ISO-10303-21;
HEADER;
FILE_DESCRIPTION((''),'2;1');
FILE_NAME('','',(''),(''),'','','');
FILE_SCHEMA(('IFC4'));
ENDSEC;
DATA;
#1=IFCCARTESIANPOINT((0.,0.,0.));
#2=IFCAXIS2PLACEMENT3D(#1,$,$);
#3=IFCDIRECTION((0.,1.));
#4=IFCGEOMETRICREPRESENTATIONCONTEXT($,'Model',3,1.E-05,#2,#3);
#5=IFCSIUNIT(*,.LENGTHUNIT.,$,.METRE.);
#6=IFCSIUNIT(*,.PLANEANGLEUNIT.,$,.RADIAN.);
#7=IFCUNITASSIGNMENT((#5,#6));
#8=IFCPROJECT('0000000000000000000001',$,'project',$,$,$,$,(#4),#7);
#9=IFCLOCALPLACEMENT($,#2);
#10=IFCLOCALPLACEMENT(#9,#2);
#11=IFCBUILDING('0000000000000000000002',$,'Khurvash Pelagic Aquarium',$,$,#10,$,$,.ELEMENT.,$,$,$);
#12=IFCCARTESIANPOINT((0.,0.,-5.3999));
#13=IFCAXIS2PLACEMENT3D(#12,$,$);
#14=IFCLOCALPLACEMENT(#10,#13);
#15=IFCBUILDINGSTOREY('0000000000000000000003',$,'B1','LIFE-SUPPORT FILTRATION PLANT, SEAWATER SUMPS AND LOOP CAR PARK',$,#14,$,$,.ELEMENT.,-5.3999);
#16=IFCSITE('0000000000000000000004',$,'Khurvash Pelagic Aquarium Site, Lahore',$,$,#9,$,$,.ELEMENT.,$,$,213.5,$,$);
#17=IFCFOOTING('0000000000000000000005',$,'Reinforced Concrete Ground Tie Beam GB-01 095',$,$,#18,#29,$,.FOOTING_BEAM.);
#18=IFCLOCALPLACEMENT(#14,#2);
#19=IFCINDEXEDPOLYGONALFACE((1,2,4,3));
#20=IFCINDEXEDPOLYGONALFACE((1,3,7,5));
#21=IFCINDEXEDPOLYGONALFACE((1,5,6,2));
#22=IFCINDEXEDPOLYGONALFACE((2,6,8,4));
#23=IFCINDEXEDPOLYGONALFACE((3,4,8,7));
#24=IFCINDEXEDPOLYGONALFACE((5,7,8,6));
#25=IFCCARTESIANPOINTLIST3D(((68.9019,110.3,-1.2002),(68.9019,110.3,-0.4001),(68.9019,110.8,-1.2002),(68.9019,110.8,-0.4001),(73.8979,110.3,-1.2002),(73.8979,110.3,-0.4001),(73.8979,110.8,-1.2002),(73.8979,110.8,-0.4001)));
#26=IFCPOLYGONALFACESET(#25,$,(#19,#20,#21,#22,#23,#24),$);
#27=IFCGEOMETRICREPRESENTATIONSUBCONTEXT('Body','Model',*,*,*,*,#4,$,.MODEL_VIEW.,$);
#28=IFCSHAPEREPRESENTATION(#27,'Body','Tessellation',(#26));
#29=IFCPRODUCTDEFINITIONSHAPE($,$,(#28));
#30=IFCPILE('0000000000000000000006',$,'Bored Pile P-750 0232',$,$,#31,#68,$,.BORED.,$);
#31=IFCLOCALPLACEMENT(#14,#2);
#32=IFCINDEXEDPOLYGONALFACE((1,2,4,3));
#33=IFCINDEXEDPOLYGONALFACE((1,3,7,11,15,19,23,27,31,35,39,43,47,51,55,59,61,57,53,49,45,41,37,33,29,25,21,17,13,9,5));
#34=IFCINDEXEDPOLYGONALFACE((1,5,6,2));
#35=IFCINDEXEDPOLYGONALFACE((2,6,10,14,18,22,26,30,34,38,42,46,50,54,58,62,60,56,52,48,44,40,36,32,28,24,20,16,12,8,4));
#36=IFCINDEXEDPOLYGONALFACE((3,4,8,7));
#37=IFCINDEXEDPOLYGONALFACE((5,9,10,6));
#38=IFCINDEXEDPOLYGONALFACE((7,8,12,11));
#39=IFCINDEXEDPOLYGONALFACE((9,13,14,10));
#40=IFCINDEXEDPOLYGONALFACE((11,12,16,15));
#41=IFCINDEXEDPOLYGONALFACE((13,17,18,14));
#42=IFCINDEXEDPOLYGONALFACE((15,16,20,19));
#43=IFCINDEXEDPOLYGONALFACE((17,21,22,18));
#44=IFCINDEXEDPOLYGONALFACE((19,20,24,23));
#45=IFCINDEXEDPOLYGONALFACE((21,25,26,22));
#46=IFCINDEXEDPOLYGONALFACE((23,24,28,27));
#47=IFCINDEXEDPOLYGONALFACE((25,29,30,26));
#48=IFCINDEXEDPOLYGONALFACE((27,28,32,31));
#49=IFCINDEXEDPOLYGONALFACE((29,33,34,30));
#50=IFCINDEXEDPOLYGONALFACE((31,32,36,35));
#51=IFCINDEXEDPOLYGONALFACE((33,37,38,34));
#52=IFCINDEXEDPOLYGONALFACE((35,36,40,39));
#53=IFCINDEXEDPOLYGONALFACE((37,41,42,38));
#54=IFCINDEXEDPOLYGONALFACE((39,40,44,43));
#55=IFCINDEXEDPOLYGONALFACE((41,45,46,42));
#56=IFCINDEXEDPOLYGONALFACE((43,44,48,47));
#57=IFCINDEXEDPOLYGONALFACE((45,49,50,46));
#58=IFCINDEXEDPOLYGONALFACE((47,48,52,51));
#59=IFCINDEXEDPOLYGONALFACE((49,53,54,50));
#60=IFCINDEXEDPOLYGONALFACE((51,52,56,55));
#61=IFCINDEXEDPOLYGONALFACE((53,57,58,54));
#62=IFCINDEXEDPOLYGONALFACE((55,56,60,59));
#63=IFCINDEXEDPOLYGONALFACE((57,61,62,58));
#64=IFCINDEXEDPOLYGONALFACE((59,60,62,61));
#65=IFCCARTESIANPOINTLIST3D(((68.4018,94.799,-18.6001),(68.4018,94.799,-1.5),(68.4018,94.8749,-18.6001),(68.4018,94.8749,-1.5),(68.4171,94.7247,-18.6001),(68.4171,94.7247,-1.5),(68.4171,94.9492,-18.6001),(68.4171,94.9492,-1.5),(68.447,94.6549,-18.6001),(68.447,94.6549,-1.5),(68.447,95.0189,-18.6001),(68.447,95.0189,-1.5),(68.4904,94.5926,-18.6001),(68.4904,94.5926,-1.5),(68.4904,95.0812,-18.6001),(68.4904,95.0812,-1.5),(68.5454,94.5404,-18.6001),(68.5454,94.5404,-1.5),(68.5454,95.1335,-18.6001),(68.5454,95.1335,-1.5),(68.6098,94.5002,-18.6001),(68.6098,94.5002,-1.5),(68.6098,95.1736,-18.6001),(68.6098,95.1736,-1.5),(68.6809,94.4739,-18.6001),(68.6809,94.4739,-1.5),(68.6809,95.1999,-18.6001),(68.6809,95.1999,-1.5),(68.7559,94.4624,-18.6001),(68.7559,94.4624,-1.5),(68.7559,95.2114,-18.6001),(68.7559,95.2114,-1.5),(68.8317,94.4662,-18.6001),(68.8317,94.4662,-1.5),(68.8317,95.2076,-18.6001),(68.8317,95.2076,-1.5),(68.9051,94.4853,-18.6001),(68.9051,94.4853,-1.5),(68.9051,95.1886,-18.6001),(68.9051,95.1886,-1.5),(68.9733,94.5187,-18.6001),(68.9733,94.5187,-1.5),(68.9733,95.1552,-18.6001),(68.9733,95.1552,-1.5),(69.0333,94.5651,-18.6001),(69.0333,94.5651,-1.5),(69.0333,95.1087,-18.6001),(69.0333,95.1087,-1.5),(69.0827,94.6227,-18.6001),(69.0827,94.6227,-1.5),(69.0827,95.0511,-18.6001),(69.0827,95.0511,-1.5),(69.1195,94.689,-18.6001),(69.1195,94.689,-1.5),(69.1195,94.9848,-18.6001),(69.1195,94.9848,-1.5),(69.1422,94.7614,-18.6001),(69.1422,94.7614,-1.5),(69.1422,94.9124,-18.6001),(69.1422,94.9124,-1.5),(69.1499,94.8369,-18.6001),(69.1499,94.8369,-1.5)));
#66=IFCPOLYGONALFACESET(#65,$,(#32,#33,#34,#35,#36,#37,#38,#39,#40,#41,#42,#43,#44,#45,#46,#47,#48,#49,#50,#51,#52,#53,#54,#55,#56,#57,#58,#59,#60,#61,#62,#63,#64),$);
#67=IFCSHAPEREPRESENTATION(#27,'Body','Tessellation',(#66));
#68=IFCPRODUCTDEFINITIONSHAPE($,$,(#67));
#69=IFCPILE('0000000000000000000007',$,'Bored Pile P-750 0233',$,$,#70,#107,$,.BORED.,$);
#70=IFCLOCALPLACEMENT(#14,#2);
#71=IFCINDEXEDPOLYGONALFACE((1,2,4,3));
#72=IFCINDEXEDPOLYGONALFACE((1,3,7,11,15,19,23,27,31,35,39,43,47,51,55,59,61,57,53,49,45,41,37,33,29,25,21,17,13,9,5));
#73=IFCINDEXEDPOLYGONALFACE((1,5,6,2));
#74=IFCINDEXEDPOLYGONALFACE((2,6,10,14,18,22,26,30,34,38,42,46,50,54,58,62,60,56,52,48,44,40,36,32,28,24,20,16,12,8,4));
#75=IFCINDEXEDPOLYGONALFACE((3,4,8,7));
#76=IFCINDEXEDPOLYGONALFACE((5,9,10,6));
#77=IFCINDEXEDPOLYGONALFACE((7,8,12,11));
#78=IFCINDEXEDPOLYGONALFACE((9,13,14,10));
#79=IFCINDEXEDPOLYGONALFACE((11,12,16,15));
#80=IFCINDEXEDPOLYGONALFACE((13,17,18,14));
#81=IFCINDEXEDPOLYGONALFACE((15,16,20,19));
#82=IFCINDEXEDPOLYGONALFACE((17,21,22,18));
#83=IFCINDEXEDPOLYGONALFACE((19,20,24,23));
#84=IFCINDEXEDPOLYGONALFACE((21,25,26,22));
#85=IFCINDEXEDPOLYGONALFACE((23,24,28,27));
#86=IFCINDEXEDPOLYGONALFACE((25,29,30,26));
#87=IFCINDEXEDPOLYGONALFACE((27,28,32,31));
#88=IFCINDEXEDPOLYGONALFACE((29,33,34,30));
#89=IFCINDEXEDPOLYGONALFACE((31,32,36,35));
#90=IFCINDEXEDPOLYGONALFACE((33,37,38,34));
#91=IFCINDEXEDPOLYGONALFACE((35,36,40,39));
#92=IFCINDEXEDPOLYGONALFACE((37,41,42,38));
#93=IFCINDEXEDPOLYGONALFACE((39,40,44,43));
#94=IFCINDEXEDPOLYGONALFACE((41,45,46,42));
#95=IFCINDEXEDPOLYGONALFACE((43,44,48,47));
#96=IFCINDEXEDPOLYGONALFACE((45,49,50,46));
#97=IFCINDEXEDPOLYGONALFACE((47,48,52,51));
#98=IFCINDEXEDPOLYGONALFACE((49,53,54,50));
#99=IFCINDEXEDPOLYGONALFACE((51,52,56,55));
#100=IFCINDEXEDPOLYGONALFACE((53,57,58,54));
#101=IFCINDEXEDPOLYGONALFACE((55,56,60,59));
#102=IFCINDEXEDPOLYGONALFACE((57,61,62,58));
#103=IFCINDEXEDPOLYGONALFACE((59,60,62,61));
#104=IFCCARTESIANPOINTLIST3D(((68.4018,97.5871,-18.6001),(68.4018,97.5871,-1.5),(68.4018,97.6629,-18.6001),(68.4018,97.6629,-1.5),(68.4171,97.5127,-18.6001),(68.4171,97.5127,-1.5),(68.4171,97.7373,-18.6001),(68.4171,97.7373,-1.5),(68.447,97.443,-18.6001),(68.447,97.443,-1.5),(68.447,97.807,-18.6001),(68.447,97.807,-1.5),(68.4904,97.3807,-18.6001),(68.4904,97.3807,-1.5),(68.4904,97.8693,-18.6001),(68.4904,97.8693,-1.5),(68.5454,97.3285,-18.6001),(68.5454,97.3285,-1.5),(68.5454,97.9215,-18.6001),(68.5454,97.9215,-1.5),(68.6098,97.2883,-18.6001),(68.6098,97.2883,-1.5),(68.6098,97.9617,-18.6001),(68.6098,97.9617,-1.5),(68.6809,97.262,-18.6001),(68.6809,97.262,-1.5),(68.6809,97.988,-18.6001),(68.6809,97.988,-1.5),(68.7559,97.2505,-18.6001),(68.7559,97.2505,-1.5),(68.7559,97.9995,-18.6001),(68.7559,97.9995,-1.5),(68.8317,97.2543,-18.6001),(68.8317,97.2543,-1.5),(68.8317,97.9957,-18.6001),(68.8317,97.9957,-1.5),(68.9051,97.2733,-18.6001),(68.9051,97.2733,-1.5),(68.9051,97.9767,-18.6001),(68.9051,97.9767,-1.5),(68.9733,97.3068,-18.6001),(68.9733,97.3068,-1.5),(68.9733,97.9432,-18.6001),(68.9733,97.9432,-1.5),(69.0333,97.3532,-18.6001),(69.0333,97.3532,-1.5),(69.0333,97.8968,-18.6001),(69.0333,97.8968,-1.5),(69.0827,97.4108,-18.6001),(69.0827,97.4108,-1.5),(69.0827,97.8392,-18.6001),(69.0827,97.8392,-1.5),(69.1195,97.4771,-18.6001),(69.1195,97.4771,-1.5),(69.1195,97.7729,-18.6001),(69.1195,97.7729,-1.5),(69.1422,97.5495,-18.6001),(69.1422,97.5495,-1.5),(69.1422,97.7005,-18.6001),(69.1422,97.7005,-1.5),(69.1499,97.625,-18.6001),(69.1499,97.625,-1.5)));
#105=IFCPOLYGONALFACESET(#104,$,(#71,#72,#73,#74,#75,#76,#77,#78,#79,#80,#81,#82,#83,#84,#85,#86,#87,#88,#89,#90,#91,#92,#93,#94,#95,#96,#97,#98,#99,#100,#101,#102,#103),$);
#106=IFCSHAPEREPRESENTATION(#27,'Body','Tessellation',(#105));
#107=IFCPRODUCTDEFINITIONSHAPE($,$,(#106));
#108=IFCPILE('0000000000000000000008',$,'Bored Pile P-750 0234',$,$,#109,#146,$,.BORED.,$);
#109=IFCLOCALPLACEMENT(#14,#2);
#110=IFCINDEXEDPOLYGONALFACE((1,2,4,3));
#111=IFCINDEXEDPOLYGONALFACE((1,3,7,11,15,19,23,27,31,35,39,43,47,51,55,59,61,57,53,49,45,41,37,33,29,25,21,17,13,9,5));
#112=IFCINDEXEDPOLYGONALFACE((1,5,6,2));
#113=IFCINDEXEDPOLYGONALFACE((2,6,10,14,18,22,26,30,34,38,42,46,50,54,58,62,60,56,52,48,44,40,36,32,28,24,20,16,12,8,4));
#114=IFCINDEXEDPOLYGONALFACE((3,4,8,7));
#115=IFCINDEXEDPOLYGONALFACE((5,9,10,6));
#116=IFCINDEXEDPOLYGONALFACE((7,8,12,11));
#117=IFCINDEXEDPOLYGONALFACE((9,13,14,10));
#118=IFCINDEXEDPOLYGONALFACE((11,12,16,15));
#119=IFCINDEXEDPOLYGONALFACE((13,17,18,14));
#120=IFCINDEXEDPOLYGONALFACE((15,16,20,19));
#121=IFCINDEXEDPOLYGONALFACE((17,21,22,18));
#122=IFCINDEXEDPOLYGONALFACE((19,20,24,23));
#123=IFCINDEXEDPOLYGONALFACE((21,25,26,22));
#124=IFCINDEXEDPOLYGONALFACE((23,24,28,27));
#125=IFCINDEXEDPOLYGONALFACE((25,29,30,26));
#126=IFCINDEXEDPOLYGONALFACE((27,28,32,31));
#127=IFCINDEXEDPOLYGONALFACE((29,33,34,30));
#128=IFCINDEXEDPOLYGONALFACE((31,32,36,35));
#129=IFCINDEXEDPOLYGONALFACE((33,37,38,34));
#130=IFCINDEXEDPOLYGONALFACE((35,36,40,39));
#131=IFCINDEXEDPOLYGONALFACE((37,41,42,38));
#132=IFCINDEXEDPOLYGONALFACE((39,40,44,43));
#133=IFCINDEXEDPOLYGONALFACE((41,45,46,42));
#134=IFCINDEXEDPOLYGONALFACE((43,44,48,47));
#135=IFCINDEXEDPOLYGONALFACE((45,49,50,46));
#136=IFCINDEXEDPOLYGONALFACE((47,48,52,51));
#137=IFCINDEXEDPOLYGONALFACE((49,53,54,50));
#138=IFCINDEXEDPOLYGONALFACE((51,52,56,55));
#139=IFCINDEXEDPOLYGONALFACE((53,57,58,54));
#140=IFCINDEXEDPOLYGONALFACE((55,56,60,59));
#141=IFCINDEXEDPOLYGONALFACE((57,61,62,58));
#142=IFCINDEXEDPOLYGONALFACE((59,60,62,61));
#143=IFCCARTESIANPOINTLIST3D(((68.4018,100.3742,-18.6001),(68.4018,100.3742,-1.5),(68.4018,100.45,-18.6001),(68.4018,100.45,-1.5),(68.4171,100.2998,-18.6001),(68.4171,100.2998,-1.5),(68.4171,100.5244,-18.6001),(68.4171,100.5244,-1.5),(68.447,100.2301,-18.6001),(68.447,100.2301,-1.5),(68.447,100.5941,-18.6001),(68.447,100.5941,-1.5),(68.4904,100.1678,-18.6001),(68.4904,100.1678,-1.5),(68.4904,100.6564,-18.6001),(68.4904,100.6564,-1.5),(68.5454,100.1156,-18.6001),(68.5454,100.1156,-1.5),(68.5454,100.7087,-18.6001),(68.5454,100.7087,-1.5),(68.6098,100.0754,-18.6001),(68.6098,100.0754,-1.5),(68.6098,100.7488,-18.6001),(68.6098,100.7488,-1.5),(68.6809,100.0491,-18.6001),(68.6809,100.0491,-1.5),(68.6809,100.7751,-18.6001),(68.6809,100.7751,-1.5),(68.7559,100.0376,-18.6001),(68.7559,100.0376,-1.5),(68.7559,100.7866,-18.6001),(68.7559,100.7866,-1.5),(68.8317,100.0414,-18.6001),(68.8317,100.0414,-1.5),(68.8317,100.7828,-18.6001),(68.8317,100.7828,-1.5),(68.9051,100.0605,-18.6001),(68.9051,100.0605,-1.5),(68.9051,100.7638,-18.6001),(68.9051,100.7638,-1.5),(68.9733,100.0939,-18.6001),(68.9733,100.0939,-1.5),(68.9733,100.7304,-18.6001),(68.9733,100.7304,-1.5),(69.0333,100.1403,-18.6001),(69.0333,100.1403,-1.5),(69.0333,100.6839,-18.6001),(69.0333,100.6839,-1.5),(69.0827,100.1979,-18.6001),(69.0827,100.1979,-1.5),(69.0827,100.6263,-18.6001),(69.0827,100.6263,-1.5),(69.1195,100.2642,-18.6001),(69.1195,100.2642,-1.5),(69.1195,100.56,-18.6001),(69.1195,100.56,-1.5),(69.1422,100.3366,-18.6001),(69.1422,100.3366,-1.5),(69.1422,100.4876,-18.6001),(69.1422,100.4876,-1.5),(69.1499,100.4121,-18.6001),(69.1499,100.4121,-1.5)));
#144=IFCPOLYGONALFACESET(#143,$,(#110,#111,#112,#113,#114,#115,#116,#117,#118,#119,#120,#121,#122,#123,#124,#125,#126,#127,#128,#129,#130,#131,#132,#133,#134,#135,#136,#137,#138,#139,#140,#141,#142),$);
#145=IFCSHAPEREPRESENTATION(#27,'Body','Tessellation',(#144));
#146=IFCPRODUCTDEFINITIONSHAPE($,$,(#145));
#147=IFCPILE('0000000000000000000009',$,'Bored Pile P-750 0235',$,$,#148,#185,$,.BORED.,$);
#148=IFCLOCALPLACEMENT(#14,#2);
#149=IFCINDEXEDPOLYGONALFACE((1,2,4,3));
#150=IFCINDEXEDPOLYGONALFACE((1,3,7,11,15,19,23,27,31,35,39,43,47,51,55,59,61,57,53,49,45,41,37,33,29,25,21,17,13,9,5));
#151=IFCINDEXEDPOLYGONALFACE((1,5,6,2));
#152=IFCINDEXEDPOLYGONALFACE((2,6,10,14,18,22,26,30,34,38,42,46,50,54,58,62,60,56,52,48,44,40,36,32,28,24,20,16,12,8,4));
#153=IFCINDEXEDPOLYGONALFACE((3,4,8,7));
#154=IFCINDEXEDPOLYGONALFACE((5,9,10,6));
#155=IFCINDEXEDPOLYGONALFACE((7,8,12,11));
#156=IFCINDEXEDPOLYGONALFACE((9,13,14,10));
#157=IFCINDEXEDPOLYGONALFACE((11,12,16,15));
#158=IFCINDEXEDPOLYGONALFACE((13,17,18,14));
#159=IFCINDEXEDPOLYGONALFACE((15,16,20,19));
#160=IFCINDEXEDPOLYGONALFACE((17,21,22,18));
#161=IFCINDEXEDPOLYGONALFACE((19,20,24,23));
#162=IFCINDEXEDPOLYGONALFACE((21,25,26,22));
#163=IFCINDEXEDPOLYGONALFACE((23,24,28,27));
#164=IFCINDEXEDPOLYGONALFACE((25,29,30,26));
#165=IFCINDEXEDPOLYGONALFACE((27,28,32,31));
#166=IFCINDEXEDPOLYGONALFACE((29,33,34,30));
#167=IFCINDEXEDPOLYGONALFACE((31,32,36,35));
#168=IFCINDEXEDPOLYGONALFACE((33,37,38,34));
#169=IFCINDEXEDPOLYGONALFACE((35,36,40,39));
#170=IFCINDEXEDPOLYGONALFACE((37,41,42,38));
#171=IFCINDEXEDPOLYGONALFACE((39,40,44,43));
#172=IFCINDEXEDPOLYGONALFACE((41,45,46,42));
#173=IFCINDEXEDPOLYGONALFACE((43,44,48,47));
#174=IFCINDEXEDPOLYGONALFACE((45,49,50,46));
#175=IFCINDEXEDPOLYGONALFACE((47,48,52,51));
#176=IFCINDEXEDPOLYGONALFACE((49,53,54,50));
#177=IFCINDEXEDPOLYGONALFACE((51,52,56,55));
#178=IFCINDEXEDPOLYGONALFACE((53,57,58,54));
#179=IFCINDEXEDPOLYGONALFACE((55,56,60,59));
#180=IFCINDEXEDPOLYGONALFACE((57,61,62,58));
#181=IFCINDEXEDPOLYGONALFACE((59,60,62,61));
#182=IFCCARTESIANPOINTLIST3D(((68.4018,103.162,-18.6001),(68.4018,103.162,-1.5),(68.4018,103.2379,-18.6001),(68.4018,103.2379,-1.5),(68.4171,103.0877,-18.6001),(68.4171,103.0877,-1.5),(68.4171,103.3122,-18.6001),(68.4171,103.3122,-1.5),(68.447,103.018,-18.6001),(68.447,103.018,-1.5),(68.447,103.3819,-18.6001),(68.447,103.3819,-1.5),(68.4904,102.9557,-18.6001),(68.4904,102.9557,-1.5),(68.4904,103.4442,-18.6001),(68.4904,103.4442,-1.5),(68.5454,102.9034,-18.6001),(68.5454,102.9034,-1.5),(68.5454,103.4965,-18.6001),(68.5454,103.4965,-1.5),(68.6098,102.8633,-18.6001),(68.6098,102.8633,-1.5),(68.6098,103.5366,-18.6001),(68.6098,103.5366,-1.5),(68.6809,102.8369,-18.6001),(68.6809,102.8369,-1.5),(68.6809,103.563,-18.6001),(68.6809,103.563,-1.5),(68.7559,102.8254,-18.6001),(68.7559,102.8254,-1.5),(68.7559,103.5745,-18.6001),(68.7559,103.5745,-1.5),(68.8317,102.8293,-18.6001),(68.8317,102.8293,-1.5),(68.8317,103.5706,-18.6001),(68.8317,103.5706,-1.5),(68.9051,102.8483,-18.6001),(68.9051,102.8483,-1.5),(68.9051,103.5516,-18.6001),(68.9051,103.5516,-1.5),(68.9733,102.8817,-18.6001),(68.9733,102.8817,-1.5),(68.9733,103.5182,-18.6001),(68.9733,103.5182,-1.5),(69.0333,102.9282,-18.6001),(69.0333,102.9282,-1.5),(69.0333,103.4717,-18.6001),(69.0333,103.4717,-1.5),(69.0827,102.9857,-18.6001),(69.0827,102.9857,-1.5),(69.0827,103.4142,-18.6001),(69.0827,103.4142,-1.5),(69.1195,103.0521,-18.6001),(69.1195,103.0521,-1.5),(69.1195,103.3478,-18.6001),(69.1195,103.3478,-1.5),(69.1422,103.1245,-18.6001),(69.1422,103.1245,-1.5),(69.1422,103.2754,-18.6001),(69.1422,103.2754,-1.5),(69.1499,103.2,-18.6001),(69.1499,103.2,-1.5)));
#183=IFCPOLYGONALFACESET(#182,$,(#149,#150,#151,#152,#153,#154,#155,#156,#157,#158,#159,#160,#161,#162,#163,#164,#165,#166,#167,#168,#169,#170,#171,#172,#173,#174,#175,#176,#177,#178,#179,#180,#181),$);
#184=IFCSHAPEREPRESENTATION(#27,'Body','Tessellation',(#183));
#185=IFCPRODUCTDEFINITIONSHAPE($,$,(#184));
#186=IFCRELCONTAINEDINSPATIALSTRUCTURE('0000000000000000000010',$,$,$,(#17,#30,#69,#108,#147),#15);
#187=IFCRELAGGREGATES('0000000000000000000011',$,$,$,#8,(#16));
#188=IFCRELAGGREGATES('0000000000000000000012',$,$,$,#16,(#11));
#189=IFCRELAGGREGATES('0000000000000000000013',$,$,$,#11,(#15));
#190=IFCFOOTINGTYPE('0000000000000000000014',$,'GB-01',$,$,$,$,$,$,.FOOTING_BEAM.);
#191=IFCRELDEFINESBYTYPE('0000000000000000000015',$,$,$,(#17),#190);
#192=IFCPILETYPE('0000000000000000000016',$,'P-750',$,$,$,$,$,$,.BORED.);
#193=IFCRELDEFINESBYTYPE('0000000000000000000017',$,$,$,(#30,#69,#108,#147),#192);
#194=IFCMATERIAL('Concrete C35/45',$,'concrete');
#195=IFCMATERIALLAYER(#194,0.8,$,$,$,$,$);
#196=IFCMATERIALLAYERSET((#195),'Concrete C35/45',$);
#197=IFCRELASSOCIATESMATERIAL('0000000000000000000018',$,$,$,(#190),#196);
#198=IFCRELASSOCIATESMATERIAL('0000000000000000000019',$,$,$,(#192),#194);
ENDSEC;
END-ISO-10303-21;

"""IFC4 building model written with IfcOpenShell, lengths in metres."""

from ifc_helpers import new_model, si_unit, direction, frame, origin, origin_2d, place, context, subcontext, project, spatial, rectangle, circle, extrude, material, layer, layer_set, material_profile, profile_set, type_object, element, save


model = new_model("IFC4")

# Units and contexts
model_context = context("Model", 3, precision=1e-05, world=origin(), true_north=direction((0.0, 1.0)))
body_context = subcontext(model_context, "Body", "Model", "MODEL_VIEW")
ifc_project = project(units=[si_unit("LENGTHUNIT", "METRE"), si_unit("PLANEANGLEUNIT", "RADIAN")], contexts=[model_context])

# Site, building, storey
site_placement = place(None, origin())
site = spatial("IfcSite", under=ifc_project, at=site_placement, Name="Khurvash Pelagic Aquarium Site, Lahore", CompositionType="ELEMENT", RefElevation=213.5)
building_placement = place(site_placement, origin())
building = spatial("IfcBuilding", under=site, at=building_placement, Name="Khurvash Pelagic Aquarium", CompositionType="ELEMENT")
storey_placement = place(building_placement, frame((0.0, 0.0, -5.3999)))
storey = spatial("IfcBuildingStorey", under=building, at=storey_placement, Name="B1", Description="LIFE-SUPPORT FILTRATION PLANT, SEAWATER SUMPS AND LOOP CAR PARK", CompositionType="ELEMENT", Elevation=-5.3999)

# Footing
ifc_material_1 = material(Name="Concrete C35/45", Category="concrete")
ifc_layer_1 = layer(ifc_material_1, 0.8)
ifc_layer_set_1 = layer_set([ifc_layer_1], Name="Concrete C35/45")
footing_type_1 = type_object("IfcFootingType", Name="GB-01", PredefinedType="FOOTING_BEAM", material=ifc_layer_set_1)
footing_1_placement = place(storey_placement, frame((71.3999, 110.55, -1.2002), z_axis=(0.0, 0.0, 1.0), x_axis=(1.0, 0.0, 0.0)))
element("IfcFooting", 1, at=footing_1_placement, inside=storey, type_object=footing_type_1, Name="Reinforced Concrete Ground Tie Beam GB-01 095", PredefinedType="FOOTING_BEAM", context=body_context, shape_type="SweptSolid", body=[
    extrude(rectangle(XDim=4.9961, YDim=0.5, at=origin_2d()), origin(), (0.0, 0.0, 1.0), 0.8),
])

# Piles
ifc_material_profile_1 = material_profile(ifc_material_1, circle(Radius=0.375, at=origin_2d()), Name="PILE750")
ifc_profile_set_1 = profile_set([ifc_material_profile_1], Name="Concrete C35/45")
pile_type = type_object("IfcPileType", Name="P-750", PredefinedType="BORED", material=ifc_profile_set_1)
for number, where, z_axis, x_axis, name in (
    (2, (68.7749, 94.8369, -1.5), (0.0, 0.0, -1.0), (1.0, 0.0, 0.0), "Bored Pile P-750 0232"),
    (3, (68.7749, 97.625, -1.5), (0.0, 0.0, -1.0), (1.0, 0.0, 0.0), "Bored Pile P-750 0233"),
    (4, (68.7749, 100.4121, -1.5), (0.0, 0.0, -1.0), (1.0, 0.0, 0.0), "Bored Pile P-750 0234"),
    (5, (68.7749, 103.2, -1.5), (0.0, 0.0, -1.0), (1.0, 0.0, 0.0), "Bored Pile P-750 0235"),
):
    element("IfcPile", number, at=place(storey_placement, frame(where, z_axis=z_axis, x_axis=x_axis)), inside=storey, type_object=pile_type, Name=name, PredefinedType="BORED", context=body_context, shape_type="SweptSolid", body=[
        extrude(circle(Radius=0.375, at=origin_2d()), origin(), (0.0, 0.0, 1.0), 17.1001),
    ])

save(model, "model.ifc")
